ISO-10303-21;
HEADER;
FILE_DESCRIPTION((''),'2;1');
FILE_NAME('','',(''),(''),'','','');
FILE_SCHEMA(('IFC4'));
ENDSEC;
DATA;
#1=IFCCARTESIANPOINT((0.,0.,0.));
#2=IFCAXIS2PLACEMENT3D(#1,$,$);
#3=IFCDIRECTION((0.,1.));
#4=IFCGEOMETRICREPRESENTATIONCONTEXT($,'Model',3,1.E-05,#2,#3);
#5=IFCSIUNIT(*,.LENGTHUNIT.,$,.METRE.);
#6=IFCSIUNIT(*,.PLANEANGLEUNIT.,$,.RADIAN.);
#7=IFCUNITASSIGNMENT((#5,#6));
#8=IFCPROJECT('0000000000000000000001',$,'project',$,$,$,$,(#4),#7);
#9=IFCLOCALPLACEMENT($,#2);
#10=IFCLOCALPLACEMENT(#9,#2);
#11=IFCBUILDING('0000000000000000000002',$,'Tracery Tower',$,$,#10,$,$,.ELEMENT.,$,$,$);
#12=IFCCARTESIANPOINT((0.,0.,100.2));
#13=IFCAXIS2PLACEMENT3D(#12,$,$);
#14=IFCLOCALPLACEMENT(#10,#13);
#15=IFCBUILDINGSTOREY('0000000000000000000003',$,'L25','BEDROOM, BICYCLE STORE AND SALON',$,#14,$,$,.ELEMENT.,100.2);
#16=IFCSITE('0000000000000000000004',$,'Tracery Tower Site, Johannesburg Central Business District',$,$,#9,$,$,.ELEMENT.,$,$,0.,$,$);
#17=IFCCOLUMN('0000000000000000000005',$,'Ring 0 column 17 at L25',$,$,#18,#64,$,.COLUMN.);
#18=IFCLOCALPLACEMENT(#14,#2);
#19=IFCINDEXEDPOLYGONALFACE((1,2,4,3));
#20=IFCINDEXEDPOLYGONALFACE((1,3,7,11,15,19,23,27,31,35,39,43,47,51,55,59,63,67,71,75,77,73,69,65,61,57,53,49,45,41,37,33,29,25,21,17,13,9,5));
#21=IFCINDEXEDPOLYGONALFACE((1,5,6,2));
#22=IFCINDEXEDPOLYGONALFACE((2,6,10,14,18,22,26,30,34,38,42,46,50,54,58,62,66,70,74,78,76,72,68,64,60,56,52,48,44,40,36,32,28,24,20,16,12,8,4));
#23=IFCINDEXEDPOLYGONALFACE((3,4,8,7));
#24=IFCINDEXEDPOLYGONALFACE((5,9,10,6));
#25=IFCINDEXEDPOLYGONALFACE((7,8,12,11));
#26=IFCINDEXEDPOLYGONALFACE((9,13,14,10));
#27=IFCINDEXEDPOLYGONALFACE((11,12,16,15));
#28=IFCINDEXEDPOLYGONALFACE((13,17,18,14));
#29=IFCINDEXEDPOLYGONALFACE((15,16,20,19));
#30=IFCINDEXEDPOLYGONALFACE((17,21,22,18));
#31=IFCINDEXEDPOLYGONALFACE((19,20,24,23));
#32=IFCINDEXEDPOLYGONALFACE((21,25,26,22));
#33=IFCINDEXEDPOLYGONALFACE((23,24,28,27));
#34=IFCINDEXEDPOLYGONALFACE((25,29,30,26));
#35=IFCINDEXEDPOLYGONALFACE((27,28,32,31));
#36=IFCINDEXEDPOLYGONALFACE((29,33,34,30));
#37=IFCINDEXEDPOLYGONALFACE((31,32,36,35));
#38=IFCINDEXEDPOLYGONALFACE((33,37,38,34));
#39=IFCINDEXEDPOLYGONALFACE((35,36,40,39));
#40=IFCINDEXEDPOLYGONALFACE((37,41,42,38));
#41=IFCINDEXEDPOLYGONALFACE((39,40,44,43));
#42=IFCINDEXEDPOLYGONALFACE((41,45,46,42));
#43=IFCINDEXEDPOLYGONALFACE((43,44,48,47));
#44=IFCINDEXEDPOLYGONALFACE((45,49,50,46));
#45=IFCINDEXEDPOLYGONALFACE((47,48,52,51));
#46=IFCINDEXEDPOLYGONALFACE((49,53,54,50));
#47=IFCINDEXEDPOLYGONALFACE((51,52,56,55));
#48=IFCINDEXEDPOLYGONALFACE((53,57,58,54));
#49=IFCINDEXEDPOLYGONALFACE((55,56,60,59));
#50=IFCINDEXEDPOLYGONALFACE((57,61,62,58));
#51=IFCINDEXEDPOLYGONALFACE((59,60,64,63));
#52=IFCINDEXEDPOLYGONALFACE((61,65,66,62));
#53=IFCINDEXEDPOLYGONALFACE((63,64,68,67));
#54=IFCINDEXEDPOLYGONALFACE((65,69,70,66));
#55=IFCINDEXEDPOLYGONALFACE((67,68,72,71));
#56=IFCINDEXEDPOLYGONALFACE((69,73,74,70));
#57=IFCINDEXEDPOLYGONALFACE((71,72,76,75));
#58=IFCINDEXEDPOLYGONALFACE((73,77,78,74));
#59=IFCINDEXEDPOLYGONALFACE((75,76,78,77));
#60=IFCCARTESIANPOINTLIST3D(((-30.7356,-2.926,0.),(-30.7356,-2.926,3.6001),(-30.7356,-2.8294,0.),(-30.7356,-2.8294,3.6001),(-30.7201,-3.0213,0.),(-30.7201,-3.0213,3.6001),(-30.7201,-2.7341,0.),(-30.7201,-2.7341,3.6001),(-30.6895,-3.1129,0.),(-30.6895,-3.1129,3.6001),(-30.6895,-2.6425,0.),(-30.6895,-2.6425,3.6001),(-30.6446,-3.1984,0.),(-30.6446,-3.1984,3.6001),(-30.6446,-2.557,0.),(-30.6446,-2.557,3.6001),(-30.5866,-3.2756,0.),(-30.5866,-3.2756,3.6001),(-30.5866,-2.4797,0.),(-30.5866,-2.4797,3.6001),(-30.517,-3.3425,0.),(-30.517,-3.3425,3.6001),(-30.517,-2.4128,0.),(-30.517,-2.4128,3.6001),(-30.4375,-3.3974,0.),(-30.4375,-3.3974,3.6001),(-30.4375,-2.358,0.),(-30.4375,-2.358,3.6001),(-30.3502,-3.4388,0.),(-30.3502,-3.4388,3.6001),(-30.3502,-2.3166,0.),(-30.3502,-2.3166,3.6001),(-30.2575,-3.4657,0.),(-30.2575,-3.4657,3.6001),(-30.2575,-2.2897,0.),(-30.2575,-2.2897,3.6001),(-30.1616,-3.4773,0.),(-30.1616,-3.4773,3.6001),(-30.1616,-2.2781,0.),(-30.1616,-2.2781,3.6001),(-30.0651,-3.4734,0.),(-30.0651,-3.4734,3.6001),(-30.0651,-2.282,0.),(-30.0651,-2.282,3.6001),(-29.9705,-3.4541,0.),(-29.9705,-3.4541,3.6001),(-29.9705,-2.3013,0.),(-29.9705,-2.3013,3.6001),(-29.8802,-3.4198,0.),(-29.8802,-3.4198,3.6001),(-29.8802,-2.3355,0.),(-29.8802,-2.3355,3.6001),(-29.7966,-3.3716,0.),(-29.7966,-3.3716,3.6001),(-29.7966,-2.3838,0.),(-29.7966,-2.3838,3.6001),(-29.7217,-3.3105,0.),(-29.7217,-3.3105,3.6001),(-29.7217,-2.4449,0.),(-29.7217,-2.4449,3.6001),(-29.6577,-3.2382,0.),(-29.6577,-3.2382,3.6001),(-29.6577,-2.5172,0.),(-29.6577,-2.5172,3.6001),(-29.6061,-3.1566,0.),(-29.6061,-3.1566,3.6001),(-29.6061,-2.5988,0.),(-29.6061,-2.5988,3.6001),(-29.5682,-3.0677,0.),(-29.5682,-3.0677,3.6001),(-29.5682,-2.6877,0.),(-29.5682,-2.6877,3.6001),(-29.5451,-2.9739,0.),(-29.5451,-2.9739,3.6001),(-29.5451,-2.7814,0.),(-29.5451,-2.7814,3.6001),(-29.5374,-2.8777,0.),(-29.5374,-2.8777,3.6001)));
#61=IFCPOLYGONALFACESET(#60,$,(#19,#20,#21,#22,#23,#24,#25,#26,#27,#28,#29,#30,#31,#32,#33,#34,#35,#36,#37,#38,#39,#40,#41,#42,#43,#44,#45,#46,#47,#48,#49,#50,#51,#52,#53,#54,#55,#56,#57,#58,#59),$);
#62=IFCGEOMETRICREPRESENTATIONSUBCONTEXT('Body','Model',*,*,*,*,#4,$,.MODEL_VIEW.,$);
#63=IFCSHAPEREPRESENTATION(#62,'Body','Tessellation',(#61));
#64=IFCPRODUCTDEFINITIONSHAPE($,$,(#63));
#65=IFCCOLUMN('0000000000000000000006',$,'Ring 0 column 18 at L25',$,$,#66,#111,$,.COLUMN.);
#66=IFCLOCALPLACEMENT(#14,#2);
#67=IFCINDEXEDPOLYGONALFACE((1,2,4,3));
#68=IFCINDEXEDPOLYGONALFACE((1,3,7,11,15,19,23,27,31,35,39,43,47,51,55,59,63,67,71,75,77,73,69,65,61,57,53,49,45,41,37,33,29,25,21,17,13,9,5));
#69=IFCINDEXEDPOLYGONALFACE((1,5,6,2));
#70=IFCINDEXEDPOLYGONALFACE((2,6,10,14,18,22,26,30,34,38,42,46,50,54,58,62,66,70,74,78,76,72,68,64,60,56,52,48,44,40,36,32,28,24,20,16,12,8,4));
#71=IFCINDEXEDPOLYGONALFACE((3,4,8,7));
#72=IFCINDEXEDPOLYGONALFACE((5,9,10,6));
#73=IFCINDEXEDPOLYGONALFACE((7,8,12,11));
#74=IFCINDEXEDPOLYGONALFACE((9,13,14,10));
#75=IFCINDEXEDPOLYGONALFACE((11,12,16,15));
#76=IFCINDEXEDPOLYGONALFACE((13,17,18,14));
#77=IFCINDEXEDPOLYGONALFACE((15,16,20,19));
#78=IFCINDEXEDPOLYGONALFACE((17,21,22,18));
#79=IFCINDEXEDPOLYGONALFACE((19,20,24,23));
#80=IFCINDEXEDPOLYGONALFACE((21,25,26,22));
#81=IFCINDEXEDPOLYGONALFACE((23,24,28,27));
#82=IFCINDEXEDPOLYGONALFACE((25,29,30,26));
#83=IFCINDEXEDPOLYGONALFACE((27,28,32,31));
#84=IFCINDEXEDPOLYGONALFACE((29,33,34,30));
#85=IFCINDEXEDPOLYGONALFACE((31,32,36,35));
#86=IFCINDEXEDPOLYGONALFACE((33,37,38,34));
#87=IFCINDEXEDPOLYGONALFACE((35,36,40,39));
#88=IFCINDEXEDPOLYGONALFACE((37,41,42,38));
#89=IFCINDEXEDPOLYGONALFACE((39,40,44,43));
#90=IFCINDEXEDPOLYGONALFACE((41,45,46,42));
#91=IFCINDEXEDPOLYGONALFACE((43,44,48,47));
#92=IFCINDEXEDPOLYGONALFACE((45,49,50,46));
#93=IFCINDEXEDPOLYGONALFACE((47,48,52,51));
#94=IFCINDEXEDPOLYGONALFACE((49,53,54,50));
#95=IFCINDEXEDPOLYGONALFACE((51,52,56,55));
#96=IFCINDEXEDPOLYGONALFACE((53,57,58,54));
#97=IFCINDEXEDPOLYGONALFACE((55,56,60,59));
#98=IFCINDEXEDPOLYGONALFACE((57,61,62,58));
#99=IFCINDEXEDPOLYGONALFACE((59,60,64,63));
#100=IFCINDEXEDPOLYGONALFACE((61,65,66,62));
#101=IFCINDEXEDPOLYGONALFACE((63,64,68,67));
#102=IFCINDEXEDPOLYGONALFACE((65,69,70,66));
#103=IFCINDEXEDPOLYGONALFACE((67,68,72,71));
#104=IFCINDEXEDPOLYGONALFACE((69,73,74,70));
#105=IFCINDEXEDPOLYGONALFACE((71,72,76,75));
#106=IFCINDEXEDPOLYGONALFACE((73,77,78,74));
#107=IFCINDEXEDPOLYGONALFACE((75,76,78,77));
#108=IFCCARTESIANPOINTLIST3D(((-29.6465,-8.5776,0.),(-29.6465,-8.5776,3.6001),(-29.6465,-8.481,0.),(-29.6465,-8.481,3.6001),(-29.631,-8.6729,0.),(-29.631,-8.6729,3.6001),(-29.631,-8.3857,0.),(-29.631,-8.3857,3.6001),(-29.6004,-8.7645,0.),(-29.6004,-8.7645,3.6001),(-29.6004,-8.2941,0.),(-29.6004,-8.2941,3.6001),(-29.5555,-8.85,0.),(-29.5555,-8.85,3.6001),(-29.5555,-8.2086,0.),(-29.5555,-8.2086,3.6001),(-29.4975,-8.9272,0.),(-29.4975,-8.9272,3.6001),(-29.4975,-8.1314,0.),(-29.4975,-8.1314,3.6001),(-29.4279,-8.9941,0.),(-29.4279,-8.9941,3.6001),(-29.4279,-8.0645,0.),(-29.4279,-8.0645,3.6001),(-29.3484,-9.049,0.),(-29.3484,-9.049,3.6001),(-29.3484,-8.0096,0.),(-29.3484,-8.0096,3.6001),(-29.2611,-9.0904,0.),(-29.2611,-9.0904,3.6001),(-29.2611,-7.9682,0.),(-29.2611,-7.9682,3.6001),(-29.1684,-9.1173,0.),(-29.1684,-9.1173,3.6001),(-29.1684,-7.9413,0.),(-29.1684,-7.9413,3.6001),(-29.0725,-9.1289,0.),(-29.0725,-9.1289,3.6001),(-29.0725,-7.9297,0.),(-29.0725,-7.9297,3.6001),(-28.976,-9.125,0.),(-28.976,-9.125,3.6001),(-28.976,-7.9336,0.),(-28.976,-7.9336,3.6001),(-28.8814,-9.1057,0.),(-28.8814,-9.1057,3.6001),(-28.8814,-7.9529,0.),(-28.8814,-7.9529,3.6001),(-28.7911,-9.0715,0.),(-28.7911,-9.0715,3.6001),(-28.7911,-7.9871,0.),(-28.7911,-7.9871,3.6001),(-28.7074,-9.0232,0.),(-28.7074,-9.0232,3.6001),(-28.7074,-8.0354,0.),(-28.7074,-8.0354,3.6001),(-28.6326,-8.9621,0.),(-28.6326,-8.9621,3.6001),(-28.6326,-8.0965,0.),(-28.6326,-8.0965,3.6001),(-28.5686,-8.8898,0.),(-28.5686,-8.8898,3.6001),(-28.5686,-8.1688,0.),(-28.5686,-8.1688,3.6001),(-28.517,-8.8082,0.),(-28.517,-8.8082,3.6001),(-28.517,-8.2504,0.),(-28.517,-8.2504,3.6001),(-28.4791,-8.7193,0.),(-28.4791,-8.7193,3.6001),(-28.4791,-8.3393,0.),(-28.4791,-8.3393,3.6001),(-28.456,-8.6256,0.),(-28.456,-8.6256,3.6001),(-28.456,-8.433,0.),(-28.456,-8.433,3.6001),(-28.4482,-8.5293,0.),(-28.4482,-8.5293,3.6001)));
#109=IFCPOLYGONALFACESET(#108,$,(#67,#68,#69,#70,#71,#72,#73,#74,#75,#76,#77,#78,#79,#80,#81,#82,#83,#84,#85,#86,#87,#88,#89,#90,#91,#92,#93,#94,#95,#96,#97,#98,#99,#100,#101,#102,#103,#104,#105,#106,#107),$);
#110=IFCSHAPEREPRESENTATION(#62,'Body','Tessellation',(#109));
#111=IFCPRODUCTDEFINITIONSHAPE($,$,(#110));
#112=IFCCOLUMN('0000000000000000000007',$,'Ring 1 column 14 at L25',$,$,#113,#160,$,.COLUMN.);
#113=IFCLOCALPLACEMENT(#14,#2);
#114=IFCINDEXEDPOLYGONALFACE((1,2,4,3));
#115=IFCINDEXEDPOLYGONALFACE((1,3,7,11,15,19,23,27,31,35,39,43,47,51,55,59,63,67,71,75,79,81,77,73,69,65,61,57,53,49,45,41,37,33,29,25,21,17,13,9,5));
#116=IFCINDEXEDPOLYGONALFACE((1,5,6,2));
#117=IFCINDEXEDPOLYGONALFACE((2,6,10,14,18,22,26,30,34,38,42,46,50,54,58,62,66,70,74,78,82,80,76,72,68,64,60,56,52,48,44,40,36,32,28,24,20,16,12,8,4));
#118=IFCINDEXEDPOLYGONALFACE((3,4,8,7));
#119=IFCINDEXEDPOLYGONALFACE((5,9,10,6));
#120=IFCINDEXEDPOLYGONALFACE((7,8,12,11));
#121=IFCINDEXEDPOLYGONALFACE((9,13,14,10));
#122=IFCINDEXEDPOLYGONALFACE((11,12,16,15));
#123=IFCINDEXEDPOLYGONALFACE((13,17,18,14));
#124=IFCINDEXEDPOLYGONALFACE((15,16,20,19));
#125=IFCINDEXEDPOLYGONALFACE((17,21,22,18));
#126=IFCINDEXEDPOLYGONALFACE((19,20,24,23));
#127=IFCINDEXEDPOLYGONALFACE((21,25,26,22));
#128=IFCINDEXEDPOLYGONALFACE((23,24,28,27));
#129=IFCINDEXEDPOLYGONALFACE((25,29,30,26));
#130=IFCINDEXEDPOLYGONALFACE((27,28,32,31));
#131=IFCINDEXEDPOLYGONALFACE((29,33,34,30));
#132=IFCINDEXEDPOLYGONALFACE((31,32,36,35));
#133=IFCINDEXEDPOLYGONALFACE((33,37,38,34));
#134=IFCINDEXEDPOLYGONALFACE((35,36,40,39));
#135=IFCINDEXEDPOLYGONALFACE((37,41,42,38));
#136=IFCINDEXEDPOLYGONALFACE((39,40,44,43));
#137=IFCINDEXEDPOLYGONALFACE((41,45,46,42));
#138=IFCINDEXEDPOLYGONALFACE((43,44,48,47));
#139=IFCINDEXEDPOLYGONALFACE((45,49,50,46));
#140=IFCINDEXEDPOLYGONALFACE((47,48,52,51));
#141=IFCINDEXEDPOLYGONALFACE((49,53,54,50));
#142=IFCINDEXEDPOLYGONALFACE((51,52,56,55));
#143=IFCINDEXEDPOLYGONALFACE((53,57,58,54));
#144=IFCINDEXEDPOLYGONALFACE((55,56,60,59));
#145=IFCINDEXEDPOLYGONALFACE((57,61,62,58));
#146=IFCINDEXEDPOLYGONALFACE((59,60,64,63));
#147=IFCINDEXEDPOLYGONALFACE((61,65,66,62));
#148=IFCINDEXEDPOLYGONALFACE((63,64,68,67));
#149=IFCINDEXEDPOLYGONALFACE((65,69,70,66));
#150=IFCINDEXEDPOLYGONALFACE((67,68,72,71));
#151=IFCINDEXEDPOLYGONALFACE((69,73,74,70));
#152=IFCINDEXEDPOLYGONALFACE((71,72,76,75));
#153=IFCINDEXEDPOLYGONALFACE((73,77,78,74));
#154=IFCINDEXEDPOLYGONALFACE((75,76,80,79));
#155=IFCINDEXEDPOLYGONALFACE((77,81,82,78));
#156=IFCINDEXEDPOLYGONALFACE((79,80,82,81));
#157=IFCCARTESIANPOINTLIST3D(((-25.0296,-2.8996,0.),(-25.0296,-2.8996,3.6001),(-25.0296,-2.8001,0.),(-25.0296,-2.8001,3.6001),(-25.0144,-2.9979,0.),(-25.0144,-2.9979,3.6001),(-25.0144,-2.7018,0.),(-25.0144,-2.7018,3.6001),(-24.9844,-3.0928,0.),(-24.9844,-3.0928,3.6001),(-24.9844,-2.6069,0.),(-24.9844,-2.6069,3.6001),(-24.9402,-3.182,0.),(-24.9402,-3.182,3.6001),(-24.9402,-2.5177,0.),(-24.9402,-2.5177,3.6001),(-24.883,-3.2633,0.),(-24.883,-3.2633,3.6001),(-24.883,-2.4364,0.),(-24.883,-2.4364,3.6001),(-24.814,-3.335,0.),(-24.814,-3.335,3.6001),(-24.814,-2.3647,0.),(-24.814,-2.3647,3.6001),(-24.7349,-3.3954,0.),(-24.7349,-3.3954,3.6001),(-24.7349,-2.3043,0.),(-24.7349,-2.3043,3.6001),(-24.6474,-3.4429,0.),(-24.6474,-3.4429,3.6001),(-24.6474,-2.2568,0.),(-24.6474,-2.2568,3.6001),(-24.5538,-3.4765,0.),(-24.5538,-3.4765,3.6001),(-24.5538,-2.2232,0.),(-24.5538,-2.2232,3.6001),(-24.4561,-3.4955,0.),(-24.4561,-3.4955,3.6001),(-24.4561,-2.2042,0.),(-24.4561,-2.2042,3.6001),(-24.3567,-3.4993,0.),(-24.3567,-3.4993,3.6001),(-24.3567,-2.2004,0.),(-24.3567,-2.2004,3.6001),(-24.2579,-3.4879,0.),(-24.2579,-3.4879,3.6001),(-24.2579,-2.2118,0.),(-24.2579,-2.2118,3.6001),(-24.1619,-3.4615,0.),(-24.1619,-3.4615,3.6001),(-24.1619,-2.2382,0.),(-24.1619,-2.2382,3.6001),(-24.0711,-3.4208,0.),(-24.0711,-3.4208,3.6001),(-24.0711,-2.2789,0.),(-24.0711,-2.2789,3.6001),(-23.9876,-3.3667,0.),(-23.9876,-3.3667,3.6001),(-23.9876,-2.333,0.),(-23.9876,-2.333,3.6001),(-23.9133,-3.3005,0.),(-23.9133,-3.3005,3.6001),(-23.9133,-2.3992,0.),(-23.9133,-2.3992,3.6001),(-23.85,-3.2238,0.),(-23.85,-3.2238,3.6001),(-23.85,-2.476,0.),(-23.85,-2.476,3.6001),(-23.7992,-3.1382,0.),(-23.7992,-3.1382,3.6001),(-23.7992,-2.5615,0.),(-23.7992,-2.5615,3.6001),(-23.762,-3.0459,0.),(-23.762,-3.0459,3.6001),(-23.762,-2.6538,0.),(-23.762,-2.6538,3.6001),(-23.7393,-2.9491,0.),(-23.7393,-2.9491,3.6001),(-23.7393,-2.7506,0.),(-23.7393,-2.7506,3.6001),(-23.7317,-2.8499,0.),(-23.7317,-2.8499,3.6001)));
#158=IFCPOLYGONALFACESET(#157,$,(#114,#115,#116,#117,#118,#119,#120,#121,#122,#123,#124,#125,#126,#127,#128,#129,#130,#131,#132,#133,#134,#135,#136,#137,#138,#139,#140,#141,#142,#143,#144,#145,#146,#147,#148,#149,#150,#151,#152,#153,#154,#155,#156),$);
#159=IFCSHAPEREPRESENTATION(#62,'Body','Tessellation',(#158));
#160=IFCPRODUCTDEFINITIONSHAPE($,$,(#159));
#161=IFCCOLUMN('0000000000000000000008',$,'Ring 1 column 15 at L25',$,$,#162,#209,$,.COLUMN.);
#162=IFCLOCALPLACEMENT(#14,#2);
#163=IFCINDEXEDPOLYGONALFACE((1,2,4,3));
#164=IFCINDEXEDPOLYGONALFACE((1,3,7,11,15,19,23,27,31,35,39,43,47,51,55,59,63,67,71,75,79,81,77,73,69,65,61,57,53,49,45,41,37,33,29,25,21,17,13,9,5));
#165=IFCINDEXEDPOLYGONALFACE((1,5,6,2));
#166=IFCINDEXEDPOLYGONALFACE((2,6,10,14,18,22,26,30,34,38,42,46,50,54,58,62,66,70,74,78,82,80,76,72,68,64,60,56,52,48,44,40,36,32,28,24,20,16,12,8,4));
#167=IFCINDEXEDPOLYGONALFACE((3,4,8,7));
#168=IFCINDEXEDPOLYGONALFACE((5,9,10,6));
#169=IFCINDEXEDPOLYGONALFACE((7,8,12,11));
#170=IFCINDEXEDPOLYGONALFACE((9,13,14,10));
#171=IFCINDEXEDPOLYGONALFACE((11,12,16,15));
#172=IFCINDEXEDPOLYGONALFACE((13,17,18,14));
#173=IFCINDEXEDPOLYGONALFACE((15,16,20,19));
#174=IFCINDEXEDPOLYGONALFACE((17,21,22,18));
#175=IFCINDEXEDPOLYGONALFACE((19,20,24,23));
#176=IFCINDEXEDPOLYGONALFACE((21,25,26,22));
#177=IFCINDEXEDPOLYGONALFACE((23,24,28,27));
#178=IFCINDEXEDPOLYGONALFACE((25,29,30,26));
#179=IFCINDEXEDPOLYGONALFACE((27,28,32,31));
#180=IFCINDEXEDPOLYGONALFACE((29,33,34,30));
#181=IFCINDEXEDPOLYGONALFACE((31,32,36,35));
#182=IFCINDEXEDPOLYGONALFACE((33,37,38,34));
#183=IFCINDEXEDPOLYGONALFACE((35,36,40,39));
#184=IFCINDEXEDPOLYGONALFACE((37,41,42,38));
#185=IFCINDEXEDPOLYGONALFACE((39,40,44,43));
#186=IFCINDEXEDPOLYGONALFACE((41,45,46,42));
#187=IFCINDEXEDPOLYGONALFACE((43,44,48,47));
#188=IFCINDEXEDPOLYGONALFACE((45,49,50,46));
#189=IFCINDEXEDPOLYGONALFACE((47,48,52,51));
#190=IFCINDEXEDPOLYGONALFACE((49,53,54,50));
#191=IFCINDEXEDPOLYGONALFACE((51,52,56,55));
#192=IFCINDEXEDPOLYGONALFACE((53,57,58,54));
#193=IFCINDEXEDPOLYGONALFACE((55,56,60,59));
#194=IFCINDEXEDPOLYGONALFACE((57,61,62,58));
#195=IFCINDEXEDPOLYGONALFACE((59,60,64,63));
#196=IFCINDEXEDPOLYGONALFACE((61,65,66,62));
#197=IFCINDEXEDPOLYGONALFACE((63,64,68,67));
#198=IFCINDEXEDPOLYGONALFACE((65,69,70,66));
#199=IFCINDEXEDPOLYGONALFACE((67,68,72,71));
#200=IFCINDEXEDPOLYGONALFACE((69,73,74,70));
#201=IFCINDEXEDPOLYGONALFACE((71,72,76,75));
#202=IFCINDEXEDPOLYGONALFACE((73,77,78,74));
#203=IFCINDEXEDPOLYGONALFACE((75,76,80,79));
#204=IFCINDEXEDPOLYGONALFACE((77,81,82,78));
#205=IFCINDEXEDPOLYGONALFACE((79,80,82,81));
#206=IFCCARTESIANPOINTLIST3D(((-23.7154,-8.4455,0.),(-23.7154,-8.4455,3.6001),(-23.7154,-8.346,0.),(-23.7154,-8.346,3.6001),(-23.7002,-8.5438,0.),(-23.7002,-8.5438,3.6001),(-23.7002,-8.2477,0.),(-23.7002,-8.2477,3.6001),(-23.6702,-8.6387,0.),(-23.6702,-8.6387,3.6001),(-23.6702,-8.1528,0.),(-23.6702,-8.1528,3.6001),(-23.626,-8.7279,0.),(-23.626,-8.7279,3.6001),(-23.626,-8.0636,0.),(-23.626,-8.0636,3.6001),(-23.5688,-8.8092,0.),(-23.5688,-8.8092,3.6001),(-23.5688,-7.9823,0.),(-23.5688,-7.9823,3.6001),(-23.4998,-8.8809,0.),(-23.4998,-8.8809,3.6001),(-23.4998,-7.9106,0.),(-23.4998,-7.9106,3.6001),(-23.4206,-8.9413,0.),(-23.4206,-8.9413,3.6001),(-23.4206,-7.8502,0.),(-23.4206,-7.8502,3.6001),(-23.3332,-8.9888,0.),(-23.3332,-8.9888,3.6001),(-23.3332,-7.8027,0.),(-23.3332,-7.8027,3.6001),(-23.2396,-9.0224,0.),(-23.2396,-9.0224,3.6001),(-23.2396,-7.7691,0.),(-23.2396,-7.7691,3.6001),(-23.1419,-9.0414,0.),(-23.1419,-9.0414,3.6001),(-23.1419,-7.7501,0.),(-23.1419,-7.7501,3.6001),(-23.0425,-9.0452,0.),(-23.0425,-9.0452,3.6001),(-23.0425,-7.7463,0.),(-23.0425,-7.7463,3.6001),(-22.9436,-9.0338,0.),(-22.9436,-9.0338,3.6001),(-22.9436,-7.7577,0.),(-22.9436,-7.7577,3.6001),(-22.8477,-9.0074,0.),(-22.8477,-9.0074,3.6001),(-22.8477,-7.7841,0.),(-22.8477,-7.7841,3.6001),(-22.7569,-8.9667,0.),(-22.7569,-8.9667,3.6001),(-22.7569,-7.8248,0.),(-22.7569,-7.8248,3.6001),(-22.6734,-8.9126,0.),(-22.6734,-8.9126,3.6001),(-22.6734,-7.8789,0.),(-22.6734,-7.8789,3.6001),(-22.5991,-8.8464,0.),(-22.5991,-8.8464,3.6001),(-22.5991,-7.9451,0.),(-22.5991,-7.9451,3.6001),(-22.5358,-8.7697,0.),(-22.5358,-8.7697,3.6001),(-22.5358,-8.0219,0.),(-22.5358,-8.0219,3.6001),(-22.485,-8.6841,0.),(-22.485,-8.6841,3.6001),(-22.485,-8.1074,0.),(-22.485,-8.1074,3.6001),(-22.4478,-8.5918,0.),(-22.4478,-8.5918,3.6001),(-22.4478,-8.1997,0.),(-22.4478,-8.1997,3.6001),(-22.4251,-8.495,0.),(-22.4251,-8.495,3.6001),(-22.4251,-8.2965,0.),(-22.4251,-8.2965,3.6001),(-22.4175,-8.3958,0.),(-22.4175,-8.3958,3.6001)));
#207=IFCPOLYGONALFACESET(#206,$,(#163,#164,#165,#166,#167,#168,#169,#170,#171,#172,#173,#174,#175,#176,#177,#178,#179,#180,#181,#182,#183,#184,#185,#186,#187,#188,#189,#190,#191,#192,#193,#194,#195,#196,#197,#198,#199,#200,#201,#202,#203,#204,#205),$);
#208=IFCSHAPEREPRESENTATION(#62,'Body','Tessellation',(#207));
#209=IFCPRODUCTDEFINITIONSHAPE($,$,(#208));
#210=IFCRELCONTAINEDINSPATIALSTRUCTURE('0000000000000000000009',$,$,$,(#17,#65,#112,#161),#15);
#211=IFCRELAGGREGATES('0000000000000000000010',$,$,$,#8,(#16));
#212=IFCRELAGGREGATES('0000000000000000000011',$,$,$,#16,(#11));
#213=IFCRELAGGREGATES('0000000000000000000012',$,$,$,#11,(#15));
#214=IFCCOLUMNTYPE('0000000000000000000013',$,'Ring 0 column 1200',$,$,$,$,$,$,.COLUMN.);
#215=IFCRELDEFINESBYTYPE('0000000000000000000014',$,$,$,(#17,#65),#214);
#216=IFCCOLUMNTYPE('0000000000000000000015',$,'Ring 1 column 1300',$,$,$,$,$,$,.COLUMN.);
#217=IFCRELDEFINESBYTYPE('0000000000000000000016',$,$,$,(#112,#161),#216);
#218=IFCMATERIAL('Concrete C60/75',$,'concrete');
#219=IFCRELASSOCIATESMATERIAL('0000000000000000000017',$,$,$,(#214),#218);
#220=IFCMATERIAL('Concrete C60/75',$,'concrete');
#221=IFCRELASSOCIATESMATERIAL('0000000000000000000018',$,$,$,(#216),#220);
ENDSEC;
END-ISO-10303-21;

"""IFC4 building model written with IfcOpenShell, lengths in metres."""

from ifc_helpers import new_model, si_unit, direction, frame, origin, origin_2d, place, context, subcontext, project, spatial, circle, extrude, material, material_profile, profile_set, type_object, element, save


model = new_model("IFC4")

# Units and contexts
model_context = context("Model", 3, precision=1e-05, world=origin(), true_north=direction((0.0, 1.0)))
body_context = subcontext(model_context, "Body", "Model", "MODEL_VIEW")
ifc_project = project(units=[si_unit("LENGTHUNIT", "METRE"), si_unit("PLANEANGLEUNIT", "RADIAN")], contexts=[model_context])

# Site, building, storey
site_placement = place(None, origin())
site = spatial("IfcSite", under=ifc_project, at=site_placement, Name="Tracery Tower Site, Johannesburg Central Business District", CompositionType="ELEMENT", RefElevation=0.0)
building_placement = place(site_placement, origin())
building = spatial("IfcBuilding", under=site, at=building_placement, Name="Tracery Tower", CompositionType="ELEMENT")
storey_placement = place(building_placement, frame((0.0, 0.0, 100.2)))
storey = spatial("IfcBuildingStorey", under=building, at=storey_placement, Name="L25", Description="BEDROOM, BICYCLE STORE AND SALON", CompositionType="ELEMENT", Elevation=100.2)

# Columns
ifc_material_1 = material(Name="Concrete C60/75", Category="concrete")
ifc_material_profile_1 = material_profile(ifc_material_1, circle(Radius=0.6001, at=origin_2d()), Name="RC D1200")
ifc_profile_set_1 = profile_set([ifc_material_profile_1], Name="Concrete C60/75")
column_type_1 = type_object("IfcColumnType", Name="Ring 0 column 1200", PredefinedType="COLUMN", material=ifc_profile_set_1)
for number, where, z_axis, x_axis, name in (
    (1, (-30.1375, -2.8777, 0.0), (0.0, 0.0, 1.0), (1.0, 0.0, 0.0), "Ring 0 column 17 at L25"),
    (2, (-29.0483, -8.5293, 0.0), (0.0, 0.0, 1.0), (1.0, 0.0, 0.0), "Ring 0 column 18 at L25"),
):
    element("IfcColumn", number, at=place(storey_placement, frame(where, z_axis=z_axis, x_axis=x_axis)), inside=storey, type_object=column_type_1, Name=name, PredefinedType="COLUMN", context=body_context, shape_type="SweptSolid", body=[
        extrude(circle(Radius=0.6001, at=origin_2d()), origin(), (0.0, 0.0, 1.0), 3.6001),
    ])
ifc_material_2 = material(Name="Concrete C60/75", Category="concrete")
ifc_material_profile_2 = material_profile(ifc_material_2, circle(Radius=0.6499, at=origin_2d()), Name="RC D1300")
ifc_profile_set_2 = profile_set([ifc_material_profile_2], Name="Concrete C60/75")
column_type_2 = type_object("IfcColumnType", Name="Ring 1 column 1300", PredefinedType="COLUMN", material=ifc_profile_set_2)
for number, where, z_axis, x_axis, name in (
    (3, (-24.3816, -2.8499, 0.0), (0.0, 0.0, 1.0), (1.0, 0.0, 0.0), "Ring 1 column 14 at L25"),
    (4, (-23.0674, -8.3958, 0.0), (0.0, 0.0, 1.0), (1.0, 0.0, 0.0), "Ring 1 column 15 at L25"),
):
    element("IfcColumn", number, at=place(storey_placement, frame(where, z_axis=z_axis, x_axis=x_axis)), inside=storey, type_object=column_type_2, Name=name, PredefinedType="COLUMN", context=body_context, shape_type="SweptSolid", body=[
        extrude(circle(Radius=0.6499, at=origin_2d()), origin(), (0.0, 0.0, 1.0), 3.6001),
    ])

save(model, "model.ifc")
